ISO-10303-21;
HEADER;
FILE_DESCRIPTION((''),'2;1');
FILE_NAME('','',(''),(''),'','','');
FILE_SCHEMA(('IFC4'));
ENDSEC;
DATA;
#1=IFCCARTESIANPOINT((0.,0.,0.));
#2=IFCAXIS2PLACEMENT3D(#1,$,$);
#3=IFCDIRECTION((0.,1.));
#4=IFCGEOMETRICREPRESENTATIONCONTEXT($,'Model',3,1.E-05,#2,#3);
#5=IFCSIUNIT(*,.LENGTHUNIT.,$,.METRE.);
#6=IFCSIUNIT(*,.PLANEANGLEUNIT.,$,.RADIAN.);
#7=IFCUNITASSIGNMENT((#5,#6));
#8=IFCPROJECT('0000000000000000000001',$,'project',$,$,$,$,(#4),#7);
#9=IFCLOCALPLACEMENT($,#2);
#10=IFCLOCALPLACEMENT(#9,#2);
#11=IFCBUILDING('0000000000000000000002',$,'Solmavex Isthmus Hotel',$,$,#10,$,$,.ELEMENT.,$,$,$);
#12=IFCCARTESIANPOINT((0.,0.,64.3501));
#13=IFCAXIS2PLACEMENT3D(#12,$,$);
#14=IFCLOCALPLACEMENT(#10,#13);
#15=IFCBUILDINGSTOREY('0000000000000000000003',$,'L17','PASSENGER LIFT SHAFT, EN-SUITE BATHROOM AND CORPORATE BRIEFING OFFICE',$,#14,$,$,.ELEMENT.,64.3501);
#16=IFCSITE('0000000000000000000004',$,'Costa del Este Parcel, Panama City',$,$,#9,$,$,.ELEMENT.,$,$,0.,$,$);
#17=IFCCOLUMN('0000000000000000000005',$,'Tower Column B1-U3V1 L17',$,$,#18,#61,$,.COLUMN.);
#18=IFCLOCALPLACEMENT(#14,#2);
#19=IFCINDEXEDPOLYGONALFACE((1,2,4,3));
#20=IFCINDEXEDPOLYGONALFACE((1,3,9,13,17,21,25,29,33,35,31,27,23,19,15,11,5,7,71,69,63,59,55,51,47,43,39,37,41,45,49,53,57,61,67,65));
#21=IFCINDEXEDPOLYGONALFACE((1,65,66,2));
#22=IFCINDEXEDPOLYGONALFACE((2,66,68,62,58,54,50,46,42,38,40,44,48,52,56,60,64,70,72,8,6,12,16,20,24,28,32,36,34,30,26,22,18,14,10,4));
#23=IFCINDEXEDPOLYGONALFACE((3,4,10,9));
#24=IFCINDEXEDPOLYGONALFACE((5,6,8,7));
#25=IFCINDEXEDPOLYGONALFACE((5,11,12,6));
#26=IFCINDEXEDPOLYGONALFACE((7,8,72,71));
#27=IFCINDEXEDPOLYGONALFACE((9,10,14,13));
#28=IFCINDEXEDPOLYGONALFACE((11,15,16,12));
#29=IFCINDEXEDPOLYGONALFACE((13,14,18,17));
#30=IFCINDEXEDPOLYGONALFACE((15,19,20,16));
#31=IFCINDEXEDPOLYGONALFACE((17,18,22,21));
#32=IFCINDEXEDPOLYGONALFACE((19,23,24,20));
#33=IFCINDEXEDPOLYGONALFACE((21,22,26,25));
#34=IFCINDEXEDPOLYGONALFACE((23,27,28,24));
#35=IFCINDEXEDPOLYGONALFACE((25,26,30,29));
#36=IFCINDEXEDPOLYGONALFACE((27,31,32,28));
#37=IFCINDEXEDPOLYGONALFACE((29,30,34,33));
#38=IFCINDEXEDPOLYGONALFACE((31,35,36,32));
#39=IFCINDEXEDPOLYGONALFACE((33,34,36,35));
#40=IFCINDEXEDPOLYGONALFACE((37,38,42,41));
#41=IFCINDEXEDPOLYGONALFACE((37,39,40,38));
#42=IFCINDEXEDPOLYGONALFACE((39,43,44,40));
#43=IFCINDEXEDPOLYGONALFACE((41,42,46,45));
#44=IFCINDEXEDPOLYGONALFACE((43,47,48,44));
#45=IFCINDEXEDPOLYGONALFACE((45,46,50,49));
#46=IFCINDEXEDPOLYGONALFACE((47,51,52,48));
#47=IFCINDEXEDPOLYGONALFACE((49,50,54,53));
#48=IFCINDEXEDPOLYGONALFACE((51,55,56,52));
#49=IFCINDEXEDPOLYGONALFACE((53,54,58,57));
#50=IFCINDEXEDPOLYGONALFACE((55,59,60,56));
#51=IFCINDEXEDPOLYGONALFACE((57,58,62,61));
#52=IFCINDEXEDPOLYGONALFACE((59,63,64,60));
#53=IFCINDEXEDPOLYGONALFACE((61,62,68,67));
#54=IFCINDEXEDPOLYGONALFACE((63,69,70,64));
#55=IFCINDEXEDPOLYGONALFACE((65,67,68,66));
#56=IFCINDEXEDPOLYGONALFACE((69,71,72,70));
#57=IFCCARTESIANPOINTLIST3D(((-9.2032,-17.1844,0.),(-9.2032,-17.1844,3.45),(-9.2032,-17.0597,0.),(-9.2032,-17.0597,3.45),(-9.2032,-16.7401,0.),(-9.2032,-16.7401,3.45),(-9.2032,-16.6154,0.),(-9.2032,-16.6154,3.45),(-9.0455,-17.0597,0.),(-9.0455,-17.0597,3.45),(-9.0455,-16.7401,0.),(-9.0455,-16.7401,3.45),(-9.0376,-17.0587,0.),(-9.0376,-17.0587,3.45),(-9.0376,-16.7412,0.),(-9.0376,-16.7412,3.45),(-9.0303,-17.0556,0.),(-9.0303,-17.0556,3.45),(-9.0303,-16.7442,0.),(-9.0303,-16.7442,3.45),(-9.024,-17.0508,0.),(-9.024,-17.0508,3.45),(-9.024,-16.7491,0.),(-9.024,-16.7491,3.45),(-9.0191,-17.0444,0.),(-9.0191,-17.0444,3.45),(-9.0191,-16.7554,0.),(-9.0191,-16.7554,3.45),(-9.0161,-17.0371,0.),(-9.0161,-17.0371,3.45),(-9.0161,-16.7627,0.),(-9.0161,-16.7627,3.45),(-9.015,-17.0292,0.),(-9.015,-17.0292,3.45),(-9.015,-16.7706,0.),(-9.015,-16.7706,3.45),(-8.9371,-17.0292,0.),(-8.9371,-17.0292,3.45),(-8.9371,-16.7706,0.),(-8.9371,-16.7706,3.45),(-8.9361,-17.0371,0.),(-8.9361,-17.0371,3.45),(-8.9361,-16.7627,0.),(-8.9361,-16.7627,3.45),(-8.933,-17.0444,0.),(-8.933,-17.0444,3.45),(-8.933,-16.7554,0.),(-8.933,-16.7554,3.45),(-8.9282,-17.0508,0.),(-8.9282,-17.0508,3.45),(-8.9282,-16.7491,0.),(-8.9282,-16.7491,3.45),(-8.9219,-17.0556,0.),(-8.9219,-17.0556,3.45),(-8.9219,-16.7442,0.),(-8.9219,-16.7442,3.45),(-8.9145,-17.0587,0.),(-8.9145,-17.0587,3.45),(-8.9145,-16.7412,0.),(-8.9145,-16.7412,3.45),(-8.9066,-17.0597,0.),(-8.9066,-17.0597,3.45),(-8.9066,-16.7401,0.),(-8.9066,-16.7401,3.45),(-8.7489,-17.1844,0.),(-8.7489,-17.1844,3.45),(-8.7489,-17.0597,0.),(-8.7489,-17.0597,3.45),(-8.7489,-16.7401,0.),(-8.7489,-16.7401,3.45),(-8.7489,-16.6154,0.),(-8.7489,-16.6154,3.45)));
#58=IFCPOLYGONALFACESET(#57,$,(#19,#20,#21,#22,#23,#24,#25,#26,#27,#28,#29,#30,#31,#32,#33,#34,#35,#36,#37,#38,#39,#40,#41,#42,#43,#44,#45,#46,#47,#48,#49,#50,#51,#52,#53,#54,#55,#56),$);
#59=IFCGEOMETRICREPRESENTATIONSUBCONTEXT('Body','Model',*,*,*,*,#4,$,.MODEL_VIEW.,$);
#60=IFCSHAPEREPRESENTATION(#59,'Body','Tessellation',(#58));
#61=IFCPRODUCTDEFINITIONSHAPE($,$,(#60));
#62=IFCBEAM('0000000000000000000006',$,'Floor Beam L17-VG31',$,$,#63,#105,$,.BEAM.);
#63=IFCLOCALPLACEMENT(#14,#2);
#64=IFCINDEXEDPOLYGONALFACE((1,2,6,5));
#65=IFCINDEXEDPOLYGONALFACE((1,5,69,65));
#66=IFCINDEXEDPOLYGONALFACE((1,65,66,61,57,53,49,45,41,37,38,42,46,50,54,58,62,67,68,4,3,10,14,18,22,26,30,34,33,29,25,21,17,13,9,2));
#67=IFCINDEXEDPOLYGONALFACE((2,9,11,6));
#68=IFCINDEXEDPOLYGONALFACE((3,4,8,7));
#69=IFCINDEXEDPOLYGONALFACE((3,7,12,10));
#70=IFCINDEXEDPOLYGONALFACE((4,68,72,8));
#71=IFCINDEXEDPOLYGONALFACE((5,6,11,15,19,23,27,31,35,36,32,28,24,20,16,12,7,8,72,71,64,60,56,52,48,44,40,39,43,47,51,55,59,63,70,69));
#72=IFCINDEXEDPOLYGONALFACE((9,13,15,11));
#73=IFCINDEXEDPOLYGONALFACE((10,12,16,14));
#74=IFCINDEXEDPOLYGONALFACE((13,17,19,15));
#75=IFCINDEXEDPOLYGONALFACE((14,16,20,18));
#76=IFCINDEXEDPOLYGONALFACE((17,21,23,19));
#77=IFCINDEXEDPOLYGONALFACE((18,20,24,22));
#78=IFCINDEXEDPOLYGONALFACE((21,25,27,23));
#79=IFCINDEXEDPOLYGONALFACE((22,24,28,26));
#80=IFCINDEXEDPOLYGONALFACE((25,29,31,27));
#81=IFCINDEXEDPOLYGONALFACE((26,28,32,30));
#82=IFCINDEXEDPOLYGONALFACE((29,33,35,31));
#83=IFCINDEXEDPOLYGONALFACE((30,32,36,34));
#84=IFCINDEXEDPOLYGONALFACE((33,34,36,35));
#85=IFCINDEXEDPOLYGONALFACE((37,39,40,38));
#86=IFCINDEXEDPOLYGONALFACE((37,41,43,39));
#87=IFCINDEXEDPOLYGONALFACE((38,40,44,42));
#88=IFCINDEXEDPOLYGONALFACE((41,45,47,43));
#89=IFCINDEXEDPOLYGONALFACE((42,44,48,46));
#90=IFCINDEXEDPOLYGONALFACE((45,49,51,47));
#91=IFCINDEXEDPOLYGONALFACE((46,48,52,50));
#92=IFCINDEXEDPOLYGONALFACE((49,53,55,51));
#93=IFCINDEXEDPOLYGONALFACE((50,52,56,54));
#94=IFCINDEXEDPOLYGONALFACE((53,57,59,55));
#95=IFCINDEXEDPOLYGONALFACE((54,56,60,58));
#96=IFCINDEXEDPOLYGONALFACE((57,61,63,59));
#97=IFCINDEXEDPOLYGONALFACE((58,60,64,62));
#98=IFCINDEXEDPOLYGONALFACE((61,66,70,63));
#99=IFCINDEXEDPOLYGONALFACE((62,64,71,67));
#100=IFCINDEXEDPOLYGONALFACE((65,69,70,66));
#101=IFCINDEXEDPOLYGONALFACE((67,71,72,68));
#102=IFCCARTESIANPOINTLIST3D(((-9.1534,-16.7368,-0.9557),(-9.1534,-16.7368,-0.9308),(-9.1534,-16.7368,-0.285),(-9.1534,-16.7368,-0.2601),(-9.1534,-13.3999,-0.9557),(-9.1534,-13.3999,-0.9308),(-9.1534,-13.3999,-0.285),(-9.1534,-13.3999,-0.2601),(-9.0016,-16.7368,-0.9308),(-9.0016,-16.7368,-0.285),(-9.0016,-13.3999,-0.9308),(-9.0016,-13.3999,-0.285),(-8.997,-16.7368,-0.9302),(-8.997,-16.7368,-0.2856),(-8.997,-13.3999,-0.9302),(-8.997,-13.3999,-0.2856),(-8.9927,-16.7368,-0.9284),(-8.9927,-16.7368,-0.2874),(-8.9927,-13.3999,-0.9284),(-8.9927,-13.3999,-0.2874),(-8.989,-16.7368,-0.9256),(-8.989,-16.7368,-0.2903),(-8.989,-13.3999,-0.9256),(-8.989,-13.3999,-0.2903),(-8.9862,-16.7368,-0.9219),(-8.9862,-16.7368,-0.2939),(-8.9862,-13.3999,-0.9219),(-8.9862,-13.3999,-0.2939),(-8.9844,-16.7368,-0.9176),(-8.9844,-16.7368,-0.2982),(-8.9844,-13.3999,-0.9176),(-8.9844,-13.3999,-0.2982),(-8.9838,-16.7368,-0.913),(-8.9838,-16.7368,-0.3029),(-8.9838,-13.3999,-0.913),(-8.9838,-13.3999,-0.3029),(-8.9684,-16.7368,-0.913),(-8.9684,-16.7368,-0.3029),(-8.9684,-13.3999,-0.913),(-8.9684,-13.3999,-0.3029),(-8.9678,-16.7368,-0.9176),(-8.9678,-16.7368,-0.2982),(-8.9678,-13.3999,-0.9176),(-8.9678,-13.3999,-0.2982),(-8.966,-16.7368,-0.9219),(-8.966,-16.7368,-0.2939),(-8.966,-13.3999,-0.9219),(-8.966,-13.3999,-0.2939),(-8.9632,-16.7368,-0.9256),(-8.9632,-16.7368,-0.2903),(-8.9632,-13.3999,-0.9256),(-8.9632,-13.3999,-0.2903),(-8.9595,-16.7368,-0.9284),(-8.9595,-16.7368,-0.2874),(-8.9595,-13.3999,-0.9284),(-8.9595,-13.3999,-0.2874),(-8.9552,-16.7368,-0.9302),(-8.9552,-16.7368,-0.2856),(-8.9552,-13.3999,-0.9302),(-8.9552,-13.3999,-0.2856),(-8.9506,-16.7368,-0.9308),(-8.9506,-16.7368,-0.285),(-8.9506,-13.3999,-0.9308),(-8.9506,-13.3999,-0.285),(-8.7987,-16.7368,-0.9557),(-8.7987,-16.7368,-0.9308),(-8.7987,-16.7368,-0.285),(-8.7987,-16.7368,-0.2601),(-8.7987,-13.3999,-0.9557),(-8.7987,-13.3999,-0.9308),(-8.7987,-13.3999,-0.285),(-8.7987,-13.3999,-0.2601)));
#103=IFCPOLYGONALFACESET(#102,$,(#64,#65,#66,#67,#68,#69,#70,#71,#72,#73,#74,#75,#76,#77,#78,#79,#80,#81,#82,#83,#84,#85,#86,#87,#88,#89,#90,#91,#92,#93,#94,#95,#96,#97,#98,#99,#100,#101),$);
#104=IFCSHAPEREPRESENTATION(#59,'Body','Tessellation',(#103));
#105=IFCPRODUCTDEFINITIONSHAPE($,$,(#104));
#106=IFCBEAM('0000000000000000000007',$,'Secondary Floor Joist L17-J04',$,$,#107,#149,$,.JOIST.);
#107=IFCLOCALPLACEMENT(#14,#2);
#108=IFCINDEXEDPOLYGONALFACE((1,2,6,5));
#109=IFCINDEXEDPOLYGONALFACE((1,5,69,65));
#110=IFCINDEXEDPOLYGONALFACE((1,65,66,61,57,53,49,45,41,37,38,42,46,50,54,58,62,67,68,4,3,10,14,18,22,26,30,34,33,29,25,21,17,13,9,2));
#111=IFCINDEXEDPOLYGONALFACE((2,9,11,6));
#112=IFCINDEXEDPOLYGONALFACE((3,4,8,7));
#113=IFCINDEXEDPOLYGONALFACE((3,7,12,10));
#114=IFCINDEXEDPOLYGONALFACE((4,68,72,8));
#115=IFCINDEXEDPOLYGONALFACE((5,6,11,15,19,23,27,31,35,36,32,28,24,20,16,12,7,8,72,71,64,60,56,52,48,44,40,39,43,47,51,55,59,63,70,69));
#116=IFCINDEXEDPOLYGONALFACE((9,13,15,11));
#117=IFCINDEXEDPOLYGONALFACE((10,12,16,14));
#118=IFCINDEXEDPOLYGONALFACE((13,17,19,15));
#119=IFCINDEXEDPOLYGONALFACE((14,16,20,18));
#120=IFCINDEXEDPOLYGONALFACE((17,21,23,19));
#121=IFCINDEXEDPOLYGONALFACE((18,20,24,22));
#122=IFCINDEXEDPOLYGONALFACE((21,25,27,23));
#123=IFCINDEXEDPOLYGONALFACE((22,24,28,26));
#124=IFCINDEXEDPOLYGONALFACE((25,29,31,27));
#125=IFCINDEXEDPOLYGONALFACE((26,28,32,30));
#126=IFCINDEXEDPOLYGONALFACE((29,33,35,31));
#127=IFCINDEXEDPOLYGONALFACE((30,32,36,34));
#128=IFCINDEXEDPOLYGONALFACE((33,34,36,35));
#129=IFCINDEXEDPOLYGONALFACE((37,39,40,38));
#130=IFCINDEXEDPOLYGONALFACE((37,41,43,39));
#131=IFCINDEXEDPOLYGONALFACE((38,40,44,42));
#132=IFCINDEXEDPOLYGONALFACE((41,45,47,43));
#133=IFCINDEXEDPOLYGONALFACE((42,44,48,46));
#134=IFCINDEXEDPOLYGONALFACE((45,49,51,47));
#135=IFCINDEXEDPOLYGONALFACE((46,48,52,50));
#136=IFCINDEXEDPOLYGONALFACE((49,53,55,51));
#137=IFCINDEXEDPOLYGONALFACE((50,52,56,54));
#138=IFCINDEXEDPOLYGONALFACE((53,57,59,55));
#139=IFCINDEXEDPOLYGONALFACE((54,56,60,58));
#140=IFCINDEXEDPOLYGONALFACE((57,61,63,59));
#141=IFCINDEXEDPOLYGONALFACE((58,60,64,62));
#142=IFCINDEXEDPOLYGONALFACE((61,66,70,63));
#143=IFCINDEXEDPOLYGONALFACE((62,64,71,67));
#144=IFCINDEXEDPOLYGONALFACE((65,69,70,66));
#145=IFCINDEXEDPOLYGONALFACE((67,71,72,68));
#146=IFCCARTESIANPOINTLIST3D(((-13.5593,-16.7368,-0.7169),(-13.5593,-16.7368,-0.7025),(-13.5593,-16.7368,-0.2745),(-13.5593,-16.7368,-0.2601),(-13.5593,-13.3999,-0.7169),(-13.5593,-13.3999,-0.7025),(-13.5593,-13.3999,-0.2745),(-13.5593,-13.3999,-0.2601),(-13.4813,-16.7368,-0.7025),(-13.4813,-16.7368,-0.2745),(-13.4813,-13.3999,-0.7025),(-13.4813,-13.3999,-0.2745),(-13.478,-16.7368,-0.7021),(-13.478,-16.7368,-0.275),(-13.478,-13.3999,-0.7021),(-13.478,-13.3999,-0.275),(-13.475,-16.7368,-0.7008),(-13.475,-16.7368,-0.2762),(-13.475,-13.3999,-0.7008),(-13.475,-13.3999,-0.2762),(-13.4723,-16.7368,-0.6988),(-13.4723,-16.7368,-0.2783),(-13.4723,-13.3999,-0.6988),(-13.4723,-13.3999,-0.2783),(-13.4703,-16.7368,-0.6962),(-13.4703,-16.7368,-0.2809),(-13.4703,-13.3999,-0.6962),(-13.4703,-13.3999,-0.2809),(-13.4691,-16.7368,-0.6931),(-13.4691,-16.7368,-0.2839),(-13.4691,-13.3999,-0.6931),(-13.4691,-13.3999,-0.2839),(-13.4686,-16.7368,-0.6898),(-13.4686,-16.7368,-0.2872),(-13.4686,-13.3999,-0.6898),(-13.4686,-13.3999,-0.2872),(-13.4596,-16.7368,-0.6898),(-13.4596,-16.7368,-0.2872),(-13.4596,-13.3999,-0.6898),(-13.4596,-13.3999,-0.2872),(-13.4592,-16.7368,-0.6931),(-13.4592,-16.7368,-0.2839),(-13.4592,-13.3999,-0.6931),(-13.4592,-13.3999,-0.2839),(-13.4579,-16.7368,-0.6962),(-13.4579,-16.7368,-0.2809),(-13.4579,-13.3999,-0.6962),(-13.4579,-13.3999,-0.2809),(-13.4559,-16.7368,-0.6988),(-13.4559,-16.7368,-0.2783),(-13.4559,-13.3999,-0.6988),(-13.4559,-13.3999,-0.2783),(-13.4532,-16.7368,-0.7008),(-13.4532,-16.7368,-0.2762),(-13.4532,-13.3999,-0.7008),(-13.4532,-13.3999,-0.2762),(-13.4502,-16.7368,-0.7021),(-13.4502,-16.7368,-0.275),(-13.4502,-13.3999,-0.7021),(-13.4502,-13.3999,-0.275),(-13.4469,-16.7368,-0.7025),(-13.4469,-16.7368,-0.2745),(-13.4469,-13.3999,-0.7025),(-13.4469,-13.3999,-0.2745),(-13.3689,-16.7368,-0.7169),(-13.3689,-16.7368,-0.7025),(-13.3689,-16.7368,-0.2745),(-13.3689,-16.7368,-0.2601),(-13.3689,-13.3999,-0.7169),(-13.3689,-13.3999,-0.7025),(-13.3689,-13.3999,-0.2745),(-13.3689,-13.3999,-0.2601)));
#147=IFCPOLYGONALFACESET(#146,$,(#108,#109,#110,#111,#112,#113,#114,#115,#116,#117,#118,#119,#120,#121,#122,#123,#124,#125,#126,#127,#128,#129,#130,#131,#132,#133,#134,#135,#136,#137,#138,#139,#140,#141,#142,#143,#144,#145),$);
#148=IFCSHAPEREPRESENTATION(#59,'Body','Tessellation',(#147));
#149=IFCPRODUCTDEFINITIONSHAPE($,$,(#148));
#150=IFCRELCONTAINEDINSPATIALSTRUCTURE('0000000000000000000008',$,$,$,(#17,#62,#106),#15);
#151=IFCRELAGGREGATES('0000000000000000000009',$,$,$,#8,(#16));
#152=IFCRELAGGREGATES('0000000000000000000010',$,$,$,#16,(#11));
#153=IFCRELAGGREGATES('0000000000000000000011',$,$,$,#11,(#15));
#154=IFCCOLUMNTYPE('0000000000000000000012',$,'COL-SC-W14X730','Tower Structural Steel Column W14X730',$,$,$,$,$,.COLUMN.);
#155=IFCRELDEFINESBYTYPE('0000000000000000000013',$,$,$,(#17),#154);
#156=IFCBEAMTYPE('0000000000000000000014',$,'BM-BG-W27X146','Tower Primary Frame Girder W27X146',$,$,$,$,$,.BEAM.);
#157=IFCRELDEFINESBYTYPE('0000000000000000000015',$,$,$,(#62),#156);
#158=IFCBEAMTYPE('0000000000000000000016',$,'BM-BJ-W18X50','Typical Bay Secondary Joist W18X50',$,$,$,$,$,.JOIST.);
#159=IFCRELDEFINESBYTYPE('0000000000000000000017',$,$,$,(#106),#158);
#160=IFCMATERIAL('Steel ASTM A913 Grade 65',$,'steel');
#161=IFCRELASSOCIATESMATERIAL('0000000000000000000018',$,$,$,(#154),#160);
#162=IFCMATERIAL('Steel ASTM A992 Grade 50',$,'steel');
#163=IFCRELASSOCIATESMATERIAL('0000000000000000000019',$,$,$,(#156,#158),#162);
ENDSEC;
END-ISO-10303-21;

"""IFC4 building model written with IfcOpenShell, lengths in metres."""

from ifc_helpers import new_model, si_unit, direction, frame, origin, origin_2d, place, context, subcontext, project, spatial, i_section, extrude, material, material_profile, profile_set, type_object, element, save


model = new_model("IFC4")

# Units and contexts
model_context = context("Model", 3, precision=1e-05, world=origin(), true_north=direction((0.0, 1.0)))
body_context = subcontext(model_context, "Body", "Model", "MODEL_VIEW")
ifc_project = project(units=[si_unit("LENGTHUNIT", "METRE"), si_unit("PLANEANGLEUNIT", "RADIAN")], contexts=[model_context])

# Site, building, storey
site_placement = place(None, origin())
site = spatial("IfcSite", under=ifc_project, at=site_placement, Name="Costa del Este Parcel, Panama City", CompositionType="ELEMENT", RefElevation=0.0)
building_placement = place(site_placement, origin())
building = spatial("IfcBuilding", under=site, at=building_placement, Name="Solmavex Isthmus Hotel", CompositionType="ELEMENT")
storey_placement = place(building_placement, frame((0.0, 0.0, 64.3501)))
storey = spatial("IfcBuildingStorey", under=building, at=storey_placement, Name="L17", Description="PASSENGER LIFT SHAFT, EN-SUITE BATHROOM AND CORPORATE BRIEFING OFFICE", CompositionType="ELEMENT", Elevation=64.3501)

# Column
ifc_material_1 = material(Name="Steel ASTM A913 Grade 65", Category="steel")
ifc_material_profile_1 = material_profile(ifc_material_1, i_section(OverallWidth=0.4543, OverallDepth=0.5691, WebThickness=0.0779, FlangeThickness=0.1248, FilletRadius=0.0305, at=origin_2d()), Name="W14X730")
ifc_profile_set_1 = profile_set([ifc_material_profile_1], Name="Steel ASTM A913 Grade 65")
column_type = type_object("IfcColumnType", Name="COL-SC-W14X730", Description="Tower Structural Steel Column W14X730", PredefinedType="COLUMN", material=ifc_profile_set_1)
column_placement = place(storey_placement, frame((-8.9761, -16.8999, 0.0), z_axis=(0.0, 0.0, 1.0), x_axis=(1.0, 0.0, 0.0)))
element("IfcColumn", 1, at=column_placement, inside=storey, type_object=column_type, Name="Tower Column B1-U3V1 L17", PredefinedType="COLUMN", context=body_context, shape_type="SweptSolid", body=[
    extrude(i_section(OverallWidth=0.4543, OverallDepth=0.5691, WebThickness=0.0779, FlangeThickness=0.1248, FilletRadius=0.0305, at=origin_2d()), origin(), (0.0, 0.0, 1.0), 3.45),
])

# Beams
ifc_material_2 = material(Name="Steel ASTM A992 Grade 50", Category="steel")
ifc_material_profile_2 = material_profile(ifc_material_2, i_section(OverallWidth=0.3547, OverallDepth=0.6956, WebThickness=0.0154, FlangeThickness=0.0249, FilletRadius=0.0178, at=origin_2d()), Name="W27X146")
ifc_profile_set_2 = profile_set([ifc_material_profile_2], Name="Steel ASTM A992 Grade 50")
beam_type_1 = type_object("IfcBeamType", Name="BM-BG-W27X146", Description="Tower Primary Frame Girder W27X146", PredefinedType="BEAM", material=ifc_profile_set_2)
beam_1_placement = place(storey_placement, frame((-8.9761, -16.7368, -0.6079), z_axis=(0.0, 1.0, 0.0), x_axis=(-1.0, 0.0, 0.0)))
element("IfcBeam", 2, at=beam_1_placement, inside=storey, type_object=beam_type_1, Name="Floor Beam L17-VG31", PredefinedType="BEAM", context=body_context, shape_type="SweptSolid", body=[
    extrude(i_section(OverallWidth=0.3547, OverallDepth=0.6956, WebThickness=0.0154, FlangeThickness=0.0249, FilletRadius=0.0178, at=origin_2d()), origin(), (0.0, 0.0, 1.0), 3.3369),
])
ifc_material_profile_3 = material_profile(ifc_material_2, i_section(OverallWidth=0.1904, OverallDepth=0.4568, WebThickness=0.009, FlangeThickness=0.0144, FilletRadius=0.0127, at=origin_2d()), Name="W18X50")
ifc_profile_set_3 = profile_set([ifc_material_profile_3], Name="Steel ASTM A992 Grade 50")
beam_type_2 = type_object("IfcBeamType", Name="BM-BJ-W18X50", Description="Typical Bay Secondary Joist W18X50", PredefinedType="JOIST", material=ifc_profile_set_3)
beam_2_placement = place(storey_placement, frame((-13.4641, -16.7368, -0.4885), z_axis=(0.0, 1.0, 0.0), x_axis=(-1.0, 0.0, 0.0)))
element("IfcBeam", 3, at=beam_2_placement, inside=storey, type_object=beam_type_2, Name="Secondary Floor Joist L17-J04", PredefinedType="JOIST", context=body_context, shape_type="SweptSolid", body=[
    extrude(i_section(OverallWidth=0.1904, OverallDepth=0.4568, WebThickness=0.009, FlangeThickness=0.0144, FilletRadius=0.0127, at=origin_2d()), origin(), (0.0, 0.0, 1.0), 3.3369),
])

save(model, "model.ifc")
